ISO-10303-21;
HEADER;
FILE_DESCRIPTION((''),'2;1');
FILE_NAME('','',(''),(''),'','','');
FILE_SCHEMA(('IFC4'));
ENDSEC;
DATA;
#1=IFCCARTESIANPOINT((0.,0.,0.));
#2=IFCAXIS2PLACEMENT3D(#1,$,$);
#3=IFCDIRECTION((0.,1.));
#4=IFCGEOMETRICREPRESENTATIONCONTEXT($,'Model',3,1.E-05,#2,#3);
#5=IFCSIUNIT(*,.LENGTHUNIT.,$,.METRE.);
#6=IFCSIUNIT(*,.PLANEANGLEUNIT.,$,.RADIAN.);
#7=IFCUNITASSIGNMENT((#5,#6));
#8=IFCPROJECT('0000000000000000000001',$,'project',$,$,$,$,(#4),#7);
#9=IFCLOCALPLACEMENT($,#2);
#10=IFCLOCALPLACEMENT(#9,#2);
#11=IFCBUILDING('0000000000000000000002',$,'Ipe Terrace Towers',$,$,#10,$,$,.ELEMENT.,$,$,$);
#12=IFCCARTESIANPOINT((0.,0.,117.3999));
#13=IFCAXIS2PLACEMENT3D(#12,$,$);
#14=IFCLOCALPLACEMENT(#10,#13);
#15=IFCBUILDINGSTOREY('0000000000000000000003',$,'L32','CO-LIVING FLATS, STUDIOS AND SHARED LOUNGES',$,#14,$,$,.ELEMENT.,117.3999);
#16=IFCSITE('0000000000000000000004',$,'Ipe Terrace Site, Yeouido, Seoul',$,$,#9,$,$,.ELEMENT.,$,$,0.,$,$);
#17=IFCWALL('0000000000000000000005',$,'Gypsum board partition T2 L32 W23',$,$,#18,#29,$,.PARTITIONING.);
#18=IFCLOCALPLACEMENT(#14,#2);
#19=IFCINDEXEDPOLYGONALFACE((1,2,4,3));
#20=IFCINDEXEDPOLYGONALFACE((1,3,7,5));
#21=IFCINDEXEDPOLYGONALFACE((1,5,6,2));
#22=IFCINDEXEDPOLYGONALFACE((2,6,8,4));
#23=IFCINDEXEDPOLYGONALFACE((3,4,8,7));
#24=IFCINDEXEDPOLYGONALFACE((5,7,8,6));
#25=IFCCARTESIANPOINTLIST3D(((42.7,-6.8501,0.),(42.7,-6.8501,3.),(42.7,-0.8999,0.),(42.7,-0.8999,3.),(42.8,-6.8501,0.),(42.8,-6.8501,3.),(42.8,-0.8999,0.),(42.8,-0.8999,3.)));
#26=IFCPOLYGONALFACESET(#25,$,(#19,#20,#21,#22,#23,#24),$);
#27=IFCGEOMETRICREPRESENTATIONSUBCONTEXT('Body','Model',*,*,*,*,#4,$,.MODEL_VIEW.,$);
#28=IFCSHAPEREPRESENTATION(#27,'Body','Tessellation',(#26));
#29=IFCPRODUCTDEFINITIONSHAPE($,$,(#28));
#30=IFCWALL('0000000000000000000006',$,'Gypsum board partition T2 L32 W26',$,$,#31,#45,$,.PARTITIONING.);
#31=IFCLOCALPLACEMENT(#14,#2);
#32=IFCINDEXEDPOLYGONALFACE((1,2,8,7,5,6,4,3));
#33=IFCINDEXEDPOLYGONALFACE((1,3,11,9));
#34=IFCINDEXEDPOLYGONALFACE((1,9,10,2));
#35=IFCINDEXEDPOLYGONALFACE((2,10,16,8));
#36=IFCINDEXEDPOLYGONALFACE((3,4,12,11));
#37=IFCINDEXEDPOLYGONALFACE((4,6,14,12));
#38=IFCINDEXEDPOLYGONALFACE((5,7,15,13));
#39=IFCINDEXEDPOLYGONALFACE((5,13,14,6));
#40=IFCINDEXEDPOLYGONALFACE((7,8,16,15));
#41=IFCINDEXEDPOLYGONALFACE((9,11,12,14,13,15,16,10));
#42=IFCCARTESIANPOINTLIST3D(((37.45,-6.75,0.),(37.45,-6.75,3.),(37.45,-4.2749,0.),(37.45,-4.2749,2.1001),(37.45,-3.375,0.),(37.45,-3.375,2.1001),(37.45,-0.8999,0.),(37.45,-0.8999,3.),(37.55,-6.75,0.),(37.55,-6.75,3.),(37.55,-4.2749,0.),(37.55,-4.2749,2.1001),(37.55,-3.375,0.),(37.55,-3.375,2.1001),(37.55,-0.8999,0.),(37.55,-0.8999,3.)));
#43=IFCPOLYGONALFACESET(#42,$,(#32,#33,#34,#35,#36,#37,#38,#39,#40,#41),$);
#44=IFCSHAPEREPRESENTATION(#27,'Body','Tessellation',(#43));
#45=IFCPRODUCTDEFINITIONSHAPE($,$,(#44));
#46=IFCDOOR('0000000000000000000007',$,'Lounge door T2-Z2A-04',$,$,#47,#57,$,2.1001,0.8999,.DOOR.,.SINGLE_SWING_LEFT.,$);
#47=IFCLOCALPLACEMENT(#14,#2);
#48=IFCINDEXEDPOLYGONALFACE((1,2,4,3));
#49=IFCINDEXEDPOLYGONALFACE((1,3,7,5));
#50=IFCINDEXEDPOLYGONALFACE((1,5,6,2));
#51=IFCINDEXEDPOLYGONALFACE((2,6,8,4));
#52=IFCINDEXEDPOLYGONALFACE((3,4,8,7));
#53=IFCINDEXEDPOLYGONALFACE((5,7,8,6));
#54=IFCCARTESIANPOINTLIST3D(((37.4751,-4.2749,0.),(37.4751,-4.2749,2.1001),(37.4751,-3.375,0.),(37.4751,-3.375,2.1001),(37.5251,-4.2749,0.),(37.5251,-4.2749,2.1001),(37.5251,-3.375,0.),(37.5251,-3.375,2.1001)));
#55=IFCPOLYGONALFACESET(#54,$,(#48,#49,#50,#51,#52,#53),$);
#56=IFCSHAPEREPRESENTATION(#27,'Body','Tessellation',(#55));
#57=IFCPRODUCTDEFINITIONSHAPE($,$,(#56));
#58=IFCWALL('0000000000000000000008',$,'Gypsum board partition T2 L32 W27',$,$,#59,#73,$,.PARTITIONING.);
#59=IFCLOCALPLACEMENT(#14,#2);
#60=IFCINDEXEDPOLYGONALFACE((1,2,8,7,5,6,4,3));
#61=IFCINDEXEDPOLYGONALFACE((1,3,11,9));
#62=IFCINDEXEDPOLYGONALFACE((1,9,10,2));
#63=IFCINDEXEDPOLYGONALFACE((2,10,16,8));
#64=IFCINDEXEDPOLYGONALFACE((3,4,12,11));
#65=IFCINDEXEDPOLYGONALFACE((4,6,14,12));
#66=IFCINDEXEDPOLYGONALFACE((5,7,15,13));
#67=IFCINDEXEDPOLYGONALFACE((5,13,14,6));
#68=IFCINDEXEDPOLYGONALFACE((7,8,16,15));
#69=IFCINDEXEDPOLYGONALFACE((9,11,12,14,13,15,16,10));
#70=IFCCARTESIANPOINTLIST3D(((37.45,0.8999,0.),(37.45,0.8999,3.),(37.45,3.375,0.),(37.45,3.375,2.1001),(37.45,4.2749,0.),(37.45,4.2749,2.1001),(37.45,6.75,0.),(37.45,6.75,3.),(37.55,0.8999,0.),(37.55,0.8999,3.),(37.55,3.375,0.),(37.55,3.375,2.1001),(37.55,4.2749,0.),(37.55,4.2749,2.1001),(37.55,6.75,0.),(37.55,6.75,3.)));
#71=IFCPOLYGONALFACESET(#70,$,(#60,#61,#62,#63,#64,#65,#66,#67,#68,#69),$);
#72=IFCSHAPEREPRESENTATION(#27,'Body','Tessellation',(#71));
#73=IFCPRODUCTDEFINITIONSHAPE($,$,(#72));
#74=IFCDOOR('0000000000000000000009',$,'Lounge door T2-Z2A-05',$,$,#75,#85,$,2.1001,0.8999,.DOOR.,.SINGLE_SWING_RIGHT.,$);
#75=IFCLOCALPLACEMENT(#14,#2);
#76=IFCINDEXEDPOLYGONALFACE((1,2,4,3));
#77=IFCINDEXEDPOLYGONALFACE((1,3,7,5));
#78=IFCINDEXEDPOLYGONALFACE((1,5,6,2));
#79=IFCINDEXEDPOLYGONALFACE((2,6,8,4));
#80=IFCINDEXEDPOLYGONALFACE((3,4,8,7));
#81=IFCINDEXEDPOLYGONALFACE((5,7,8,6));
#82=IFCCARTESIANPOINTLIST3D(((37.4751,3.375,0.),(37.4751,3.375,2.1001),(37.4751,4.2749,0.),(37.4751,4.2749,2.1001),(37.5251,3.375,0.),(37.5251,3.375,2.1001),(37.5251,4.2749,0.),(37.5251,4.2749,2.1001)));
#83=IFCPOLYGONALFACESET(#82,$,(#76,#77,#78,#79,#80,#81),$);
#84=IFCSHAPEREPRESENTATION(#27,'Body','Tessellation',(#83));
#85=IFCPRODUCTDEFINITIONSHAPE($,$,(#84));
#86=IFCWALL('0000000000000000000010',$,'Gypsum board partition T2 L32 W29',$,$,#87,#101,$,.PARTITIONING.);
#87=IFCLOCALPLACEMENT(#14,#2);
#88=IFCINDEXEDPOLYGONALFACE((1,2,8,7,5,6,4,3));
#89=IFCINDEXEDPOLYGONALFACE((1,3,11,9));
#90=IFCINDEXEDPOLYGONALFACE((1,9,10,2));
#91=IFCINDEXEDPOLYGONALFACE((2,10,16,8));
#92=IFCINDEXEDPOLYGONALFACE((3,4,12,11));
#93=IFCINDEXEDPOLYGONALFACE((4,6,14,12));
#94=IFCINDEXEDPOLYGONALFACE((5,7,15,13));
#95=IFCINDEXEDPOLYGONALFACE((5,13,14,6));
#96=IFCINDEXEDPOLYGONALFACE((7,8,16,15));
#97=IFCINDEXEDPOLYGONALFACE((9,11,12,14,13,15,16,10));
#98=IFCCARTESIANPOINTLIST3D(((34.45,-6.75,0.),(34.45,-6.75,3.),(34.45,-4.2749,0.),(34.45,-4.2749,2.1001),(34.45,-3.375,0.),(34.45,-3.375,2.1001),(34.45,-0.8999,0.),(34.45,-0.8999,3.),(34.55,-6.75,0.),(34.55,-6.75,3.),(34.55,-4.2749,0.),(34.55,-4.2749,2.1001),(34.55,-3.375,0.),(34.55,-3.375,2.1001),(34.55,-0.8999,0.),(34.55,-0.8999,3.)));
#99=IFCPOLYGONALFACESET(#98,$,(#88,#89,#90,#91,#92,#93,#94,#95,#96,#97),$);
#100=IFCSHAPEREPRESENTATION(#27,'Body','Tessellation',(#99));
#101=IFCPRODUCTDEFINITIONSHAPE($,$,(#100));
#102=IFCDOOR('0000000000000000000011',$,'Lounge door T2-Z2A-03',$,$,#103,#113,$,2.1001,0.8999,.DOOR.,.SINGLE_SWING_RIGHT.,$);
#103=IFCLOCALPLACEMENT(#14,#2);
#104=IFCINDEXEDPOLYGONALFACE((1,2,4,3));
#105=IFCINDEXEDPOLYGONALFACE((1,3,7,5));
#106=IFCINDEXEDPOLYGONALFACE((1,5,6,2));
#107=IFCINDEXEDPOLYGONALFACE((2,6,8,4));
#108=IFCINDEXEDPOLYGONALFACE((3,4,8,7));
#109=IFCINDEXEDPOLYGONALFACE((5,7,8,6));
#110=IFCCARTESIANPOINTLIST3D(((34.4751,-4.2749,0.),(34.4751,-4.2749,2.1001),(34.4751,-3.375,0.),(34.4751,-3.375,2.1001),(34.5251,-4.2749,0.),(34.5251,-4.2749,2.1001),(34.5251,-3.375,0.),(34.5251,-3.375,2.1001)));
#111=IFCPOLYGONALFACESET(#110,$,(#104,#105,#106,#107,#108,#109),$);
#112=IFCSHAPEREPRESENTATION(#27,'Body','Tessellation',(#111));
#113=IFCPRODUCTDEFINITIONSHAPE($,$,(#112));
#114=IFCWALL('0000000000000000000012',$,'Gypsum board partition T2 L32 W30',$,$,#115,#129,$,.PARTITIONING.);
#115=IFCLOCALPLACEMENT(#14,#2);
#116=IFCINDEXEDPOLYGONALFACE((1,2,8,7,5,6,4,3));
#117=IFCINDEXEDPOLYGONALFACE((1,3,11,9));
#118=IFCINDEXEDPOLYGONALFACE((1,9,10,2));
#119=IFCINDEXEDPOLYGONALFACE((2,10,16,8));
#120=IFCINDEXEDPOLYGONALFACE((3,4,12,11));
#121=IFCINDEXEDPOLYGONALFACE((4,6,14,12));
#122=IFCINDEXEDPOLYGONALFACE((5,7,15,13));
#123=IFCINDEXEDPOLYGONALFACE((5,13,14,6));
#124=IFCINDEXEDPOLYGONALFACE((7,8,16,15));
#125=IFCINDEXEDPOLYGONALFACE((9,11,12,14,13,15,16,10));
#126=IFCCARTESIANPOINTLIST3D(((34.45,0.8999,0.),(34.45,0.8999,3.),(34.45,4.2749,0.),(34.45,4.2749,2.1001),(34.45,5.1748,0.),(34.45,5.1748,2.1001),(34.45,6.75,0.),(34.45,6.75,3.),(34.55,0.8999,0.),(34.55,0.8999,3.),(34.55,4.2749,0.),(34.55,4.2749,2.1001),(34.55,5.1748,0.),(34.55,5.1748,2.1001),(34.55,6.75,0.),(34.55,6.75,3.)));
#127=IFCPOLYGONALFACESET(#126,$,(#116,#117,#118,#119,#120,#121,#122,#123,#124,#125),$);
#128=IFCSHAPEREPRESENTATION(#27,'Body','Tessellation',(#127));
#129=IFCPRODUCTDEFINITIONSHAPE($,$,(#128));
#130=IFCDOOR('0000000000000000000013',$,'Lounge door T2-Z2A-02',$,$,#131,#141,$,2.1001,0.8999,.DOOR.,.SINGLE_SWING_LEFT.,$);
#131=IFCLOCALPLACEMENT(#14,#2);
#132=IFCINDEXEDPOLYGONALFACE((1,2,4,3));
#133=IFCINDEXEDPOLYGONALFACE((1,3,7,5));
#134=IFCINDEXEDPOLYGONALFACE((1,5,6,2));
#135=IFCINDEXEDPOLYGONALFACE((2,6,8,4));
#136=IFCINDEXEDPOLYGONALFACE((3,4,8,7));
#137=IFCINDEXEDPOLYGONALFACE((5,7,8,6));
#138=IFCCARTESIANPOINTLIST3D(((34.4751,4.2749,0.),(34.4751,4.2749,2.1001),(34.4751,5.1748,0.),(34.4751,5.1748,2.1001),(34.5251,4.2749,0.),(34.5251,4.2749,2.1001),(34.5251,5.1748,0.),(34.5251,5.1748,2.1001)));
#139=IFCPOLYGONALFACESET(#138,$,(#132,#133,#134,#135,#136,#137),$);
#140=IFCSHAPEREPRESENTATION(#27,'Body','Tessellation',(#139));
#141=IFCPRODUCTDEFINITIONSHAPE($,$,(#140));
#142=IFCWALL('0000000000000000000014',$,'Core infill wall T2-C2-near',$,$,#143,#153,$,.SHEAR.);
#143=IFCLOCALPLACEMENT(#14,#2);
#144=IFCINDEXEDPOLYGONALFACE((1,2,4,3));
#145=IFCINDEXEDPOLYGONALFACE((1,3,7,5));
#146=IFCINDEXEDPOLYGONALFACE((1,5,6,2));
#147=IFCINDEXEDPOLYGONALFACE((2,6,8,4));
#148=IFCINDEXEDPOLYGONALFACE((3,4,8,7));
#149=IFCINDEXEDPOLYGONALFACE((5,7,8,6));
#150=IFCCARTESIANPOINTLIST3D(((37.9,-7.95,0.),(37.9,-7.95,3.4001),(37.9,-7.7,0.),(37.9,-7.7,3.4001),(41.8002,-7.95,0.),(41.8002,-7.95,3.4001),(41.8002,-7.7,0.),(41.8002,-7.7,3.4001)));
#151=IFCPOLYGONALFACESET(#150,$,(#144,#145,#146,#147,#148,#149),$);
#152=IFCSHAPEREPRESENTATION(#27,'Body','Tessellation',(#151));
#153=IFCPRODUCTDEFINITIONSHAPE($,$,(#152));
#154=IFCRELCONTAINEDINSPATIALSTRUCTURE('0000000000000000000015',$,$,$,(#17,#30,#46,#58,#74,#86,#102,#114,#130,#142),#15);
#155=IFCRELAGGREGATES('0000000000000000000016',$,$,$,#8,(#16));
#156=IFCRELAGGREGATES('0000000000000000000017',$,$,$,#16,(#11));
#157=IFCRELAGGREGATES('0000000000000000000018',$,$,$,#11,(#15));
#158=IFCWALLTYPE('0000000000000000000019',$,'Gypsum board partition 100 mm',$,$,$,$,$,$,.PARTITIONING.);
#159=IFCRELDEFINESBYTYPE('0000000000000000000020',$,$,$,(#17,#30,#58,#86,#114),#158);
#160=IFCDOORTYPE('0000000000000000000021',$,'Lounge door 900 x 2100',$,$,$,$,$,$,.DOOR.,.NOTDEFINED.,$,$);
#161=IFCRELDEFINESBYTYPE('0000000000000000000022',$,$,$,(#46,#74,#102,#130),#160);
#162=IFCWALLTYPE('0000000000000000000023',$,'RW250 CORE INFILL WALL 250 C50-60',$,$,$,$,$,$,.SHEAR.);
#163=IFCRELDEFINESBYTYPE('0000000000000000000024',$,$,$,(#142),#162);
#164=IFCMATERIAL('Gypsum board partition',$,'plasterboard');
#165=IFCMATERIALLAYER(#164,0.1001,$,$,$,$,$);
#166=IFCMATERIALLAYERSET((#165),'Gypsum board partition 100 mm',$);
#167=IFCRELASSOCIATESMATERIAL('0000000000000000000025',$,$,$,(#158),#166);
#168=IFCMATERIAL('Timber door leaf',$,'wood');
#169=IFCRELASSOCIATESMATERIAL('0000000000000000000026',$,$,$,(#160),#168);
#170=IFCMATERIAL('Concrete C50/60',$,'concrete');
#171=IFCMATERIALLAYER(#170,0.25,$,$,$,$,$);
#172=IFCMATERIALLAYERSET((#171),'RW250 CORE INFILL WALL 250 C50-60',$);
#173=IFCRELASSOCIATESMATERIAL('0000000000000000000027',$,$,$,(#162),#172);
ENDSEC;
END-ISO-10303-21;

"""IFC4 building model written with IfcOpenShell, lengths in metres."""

from ifc_helpers import new_model, si_unit, direction, frame, frame_2d, origin, place, context, subcontext, project, spatial, rectangle, extrude, material, layer, layer_set, type_object, element, fill, save


model = new_model("IFC4")

# Units and contexts
model_context = context("Model", 3, precision=1e-05, world=origin(), true_north=direction((0.0, 1.0)))
body_context = subcontext(model_context, "Body", "Model", "MODEL_VIEW")
ifc_project = project(units=[si_unit("LENGTHUNIT", "METRE"), si_unit("PLANEANGLEUNIT", "RADIAN")], contexts=[model_context])

# Site, building, storey
site_placement = place(None, origin())
site = spatial("IfcSite", under=ifc_project, at=site_placement, Name="Ipe Terrace Site, Yeouido, Seoul", CompositionType="ELEMENT", RefElevation=0.0)
building_placement = place(site_placement, origin())
building = spatial("IfcBuilding", under=site, at=building_placement, Name="Ipe Terrace Towers", CompositionType="ELEMENT")
storey_placement = place(building_placement, frame((0.0, 0.0, 117.3999)))
storey = spatial("IfcBuildingStorey", under=building, at=storey_placement, Name="L32", Description="CO-LIVING FLATS, STUDIOS AND SHARED LOUNGES", CompositionType="ELEMENT", Elevation=117.3999)

# Shared definitions
ifc_material_1 = material(Name="Gypsum board partition", Category="plasterboard")
ifc_layer_1 = layer(ifc_material_1, 0.1001)
ifc_layer_set_1 = layer_set([ifc_layer_1], Name="Gypsum board partition 100 mm")
wall_type_1 = type_object("IfcWallType", Name="Gypsum board partition 100 mm", PredefinedType="PARTITIONING", material=ifc_layer_set_1)

# Wall
wall_1_placement = place(storey_placement, frame((42.75, -6.8501, 0.0), z_axis=(0.0, 0.0, 1.0), x_axis=(0.0, 1.0, 0.0)))
element("IfcWall", 1, at=wall_1_placement, inside=storey, type_object=wall_type_1, Name="Gypsum board partition T2 L32 W23", PredefinedType="PARTITIONING", context=body_context, shape_type="SweptSolid", body=[
    extrude(rectangle(XDim=5.9502, YDim=0.1001, at=frame_2d((2.9751, 0.0))), origin(), (0.0, 0.0, 1.0), 3.0),
])

# Walls, openings, doors
wall_2_placement = place(storey_placement, frame((37.5, -6.75, 0.0), z_axis=(0.0, 0.0, 1.0), x_axis=(0.0, 1.0, 0.0)))
wall_2 = element("IfcWall", 2, at=wall_2_placement, inside=storey, type_object=wall_type_1, Name="Gypsum board partition T2 L32 W26", PredefinedType="PARTITIONING", context=body_context, shape_type="SweptSolid", body=[
    extrude(rectangle(XDim=5.8501, YDim=0.1001, at=frame_2d((2.925, 0.0))), origin(), (0.0, 0.0, 1.0), 3.0),
])
opening_1_placement = place(wall_2_placement, frame((2.4751, 0.0, 0.0)))
opening_1 = element("IfcOpeningElement", 3, at=opening_1_placement, cuts=wall_2, PredefinedType="OPENING", context=body_context, shape_type="SweptSolid", body=[
    extrude(rectangle(XDim=0.8999, YDim=2.1001, at=frame_2d((0.45, 1.05))), frame((0.0, 0.0601, 0.0), z_axis=(0.0, -1.0, 0.0), x_axis=(1.0, 0.0, 0.0)), (0.0, 0.0, 1.0), 0.1201),
])
ifc_material_2 = material(Name="Timber door leaf", Category="wood")
door_type_1 = type_object("IfcDoorType", Name="Lounge door 900 x 2100", OperationType="NOTDEFINED", PredefinedType="DOOR", material=ifc_material_2)
door_1_placement = place(opening_1_placement, origin())
door_1 = element("IfcDoor", 4, at=door_1_placement, inside=storey, type_object=door_type_1, Name="Lounge door T2-Z2A-04", OperationType="SINGLE_SWING_LEFT", OverallHeight=2.1001, OverallWidth=0.8999, PredefinedType="DOOR", context=body_context, shape_type="SweptSolid", body=[
    extrude(rectangle(XDim=0.8999, YDim=2.1001, at=frame_2d((0.45, 1.05))), frame((0.0, 0.0249, 0.0), z_axis=(0.0, -1.0, 0.0), x_axis=(1.0, 0.0, 0.0)), (0.0, 0.0, 1.0), 0.05),
])
fill(opening_1, door_1)
wall_3_placement = place(storey_placement, frame((37.5, 0.8999, 0.0), z_axis=(0.0, 0.0, 1.0), x_axis=(0.0, 1.0, 0.0)))
wall_3 = element("IfcWall", 5, at=wall_3_placement, inside=storey, type_object=wall_type_1, Name="Gypsum board partition T2 L32 W27", PredefinedType="PARTITIONING", context=body_context, shape_type="SweptSolid", body=[
    extrude(rectangle(XDim=5.8501, YDim=0.1001, at=frame_2d((2.925, 0.0))), origin(), (0.0, 0.0, 1.0), 3.0),
])
opening_2_placement = place(wall_3_placement, frame((2.4751, 0.0, 0.0)))
opening_2 = element("IfcOpeningElement", 6, at=opening_2_placement, cuts=wall_3, PredefinedType="OPENING", context=body_context, shape_type="SweptSolid", body=[
    extrude(rectangle(XDim=0.8999, YDim=2.1001, at=frame_2d((0.45, 1.05))), frame((0.0, 0.0601, 0.0), z_axis=(0.0, -1.0, 0.0), x_axis=(1.0, 0.0, 0.0)), (0.0, 0.0, 1.0), 0.1201),
])
door_2_placement = place(opening_2_placement, origin())
door_2 = element("IfcDoor", 7, at=door_2_placement, inside=storey, type_object=door_type_1, Name="Lounge door T2-Z2A-05", OperationType="SINGLE_SWING_RIGHT", OverallHeight=2.1001, OverallWidth=0.8999, PredefinedType="DOOR", context=body_context, shape_type="SweptSolid", body=[
    extrude(rectangle(XDim=0.8999, YDim=2.1001, at=frame_2d((0.45, 1.05))), frame((0.0, 0.0249, 0.0), z_axis=(0.0, -1.0, 0.0), x_axis=(1.0, 0.0, 0.0)), (0.0, 0.0, 1.0), 0.05),
])
fill(opening_2, door_2)
wall_4_placement = place(storey_placement, frame((34.5, -6.75, 0.0), z_axis=(0.0, 0.0, 1.0), x_axis=(0.0, 1.0, 0.0)))
wall_4 = element("IfcWall", 8, at=wall_4_placement, inside=storey, type_object=wall_type_1, Name="Gypsum board partition T2 L32 W29", PredefinedType="PARTITIONING", context=body_context, shape_type="SweptSolid", body=[
    extrude(rectangle(XDim=5.8501, YDim=0.1001, at=frame_2d((2.925, 0.0))), origin(), (0.0, 0.0, 1.0), 3.0),
])
opening_3_placement = place(wall_4_placement, frame((2.4751, 0.0, 0.0)))
opening_3 = element("IfcOpeningElement", 9, at=opening_3_placement, cuts=wall_4, PredefinedType="OPENING", context=body_context, shape_type="SweptSolid", body=[
    extrude(rectangle(XDim=0.8999, YDim=2.1001, at=frame_2d((0.45, 1.05))), frame((0.0, 0.0601, 0.0), z_axis=(0.0, -1.0, 0.0), x_axis=(1.0, 0.0, 0.0)), (0.0, 0.0, 1.0), 0.1201),
])
door_3_placement = place(opening_3_placement, origin())
door_3 = element("IfcDoor", 10, at=door_3_placement, inside=storey, type_object=door_type_1, Name="Lounge door T2-Z2A-03", OperationType="SINGLE_SWING_RIGHT", OverallHeight=2.1001, OverallWidth=0.8999, PredefinedType="DOOR", context=body_context, shape_type="SweptSolid", body=[
    extrude(rectangle(XDim=0.8999, YDim=2.1001, at=frame_2d((0.45, 1.05))), frame((0.0, 0.0249, 0.0), z_axis=(0.0, -1.0, 0.0), x_axis=(1.0, 0.0, 0.0)), (0.0, 0.0, 1.0), 0.05),
])
fill(opening_3, door_3)
wall_5_placement = place(storey_placement, frame((34.5, 0.8999, 0.0), z_axis=(0.0, 0.0, 1.0), x_axis=(0.0, 1.0, 0.0)))
wall_5 = element("IfcWall", 11, at=wall_5_placement, inside=storey, type_object=wall_type_1, Name="Gypsum board partition T2 L32 W30", PredefinedType="PARTITIONING", context=body_context, shape_type="SweptSolid", body=[
    extrude(rectangle(XDim=5.8501, YDim=0.1001, at=frame_2d((2.925, 0.0))), origin(), (0.0, 0.0, 1.0), 3.0),
])
opening_4_placement = place(wall_5_placement, frame((3.375, 0.0, 0.0)))
opening_4 = element("IfcOpeningElement", 12, at=opening_4_placement, cuts=wall_5, PredefinedType="OPENING", context=body_context, shape_type="SweptSolid", body=[
    extrude(rectangle(XDim=0.8999, YDim=2.1001, at=frame_2d((0.45, 1.05))), frame((0.0, 0.0601, 0.0), z_axis=(0.0, -1.0, 0.0), x_axis=(1.0, 0.0, 0.0)), (0.0, 0.0, 1.0), 0.1201),
])
door_4_placement = place(opening_4_placement, origin())
door_4 = element("IfcDoor", 13, at=door_4_placement, inside=storey, type_object=door_type_1, Name="Lounge door T2-Z2A-02", OperationType="SINGLE_SWING_LEFT", OverallHeight=2.1001, OverallWidth=0.8999, PredefinedType="DOOR", context=body_context, shape_type="SweptSolid", body=[
    extrude(rectangle(XDim=0.8999, YDim=2.1001, at=frame_2d((0.45, 1.05))), frame((0.0, 0.0249, 0.0), z_axis=(0.0, -1.0, 0.0), x_axis=(1.0, 0.0, 0.0)), (0.0, 0.0, 1.0), 0.05),
])
fill(opening_4, door_4)

# Wall
ifc_material_3 = material(Name="Concrete C50/60", Category="concrete")
ifc_layer_2 = layer(ifc_material_3, 0.25)
ifc_layer_set_2 = layer_set([ifc_layer_2], Name="RW250 CORE INFILL WALL 250 C50-60")
wall_type_2 = type_object("IfcWallType", Name="RW250 CORE INFILL WALL 250 C50-60", PredefinedType="SHEAR", material=ifc_layer_set_2)
wall_6_placement = place(storey_placement, frame((37.8999, -7.825, 0.0), z_axis=(0.0, 0.0, 1.0), x_axis=(1.0, 0.0, 0.0)))
element("IfcWall", 14, at=wall_6_placement, inside=storey, type_object=wall_type_2, Name="Core infill wall T2-C2-near", PredefinedType="SHEAR", context=body_context, shape_type="SweptSolid", body=[
    extrude(rectangle(XDim=3.9001, YDim=0.25, at=frame_2d((1.9502, 0.0))), origin(), (0.0, 0.0, 1.0), 3.4001),
])

save(model, "model.ifc")
